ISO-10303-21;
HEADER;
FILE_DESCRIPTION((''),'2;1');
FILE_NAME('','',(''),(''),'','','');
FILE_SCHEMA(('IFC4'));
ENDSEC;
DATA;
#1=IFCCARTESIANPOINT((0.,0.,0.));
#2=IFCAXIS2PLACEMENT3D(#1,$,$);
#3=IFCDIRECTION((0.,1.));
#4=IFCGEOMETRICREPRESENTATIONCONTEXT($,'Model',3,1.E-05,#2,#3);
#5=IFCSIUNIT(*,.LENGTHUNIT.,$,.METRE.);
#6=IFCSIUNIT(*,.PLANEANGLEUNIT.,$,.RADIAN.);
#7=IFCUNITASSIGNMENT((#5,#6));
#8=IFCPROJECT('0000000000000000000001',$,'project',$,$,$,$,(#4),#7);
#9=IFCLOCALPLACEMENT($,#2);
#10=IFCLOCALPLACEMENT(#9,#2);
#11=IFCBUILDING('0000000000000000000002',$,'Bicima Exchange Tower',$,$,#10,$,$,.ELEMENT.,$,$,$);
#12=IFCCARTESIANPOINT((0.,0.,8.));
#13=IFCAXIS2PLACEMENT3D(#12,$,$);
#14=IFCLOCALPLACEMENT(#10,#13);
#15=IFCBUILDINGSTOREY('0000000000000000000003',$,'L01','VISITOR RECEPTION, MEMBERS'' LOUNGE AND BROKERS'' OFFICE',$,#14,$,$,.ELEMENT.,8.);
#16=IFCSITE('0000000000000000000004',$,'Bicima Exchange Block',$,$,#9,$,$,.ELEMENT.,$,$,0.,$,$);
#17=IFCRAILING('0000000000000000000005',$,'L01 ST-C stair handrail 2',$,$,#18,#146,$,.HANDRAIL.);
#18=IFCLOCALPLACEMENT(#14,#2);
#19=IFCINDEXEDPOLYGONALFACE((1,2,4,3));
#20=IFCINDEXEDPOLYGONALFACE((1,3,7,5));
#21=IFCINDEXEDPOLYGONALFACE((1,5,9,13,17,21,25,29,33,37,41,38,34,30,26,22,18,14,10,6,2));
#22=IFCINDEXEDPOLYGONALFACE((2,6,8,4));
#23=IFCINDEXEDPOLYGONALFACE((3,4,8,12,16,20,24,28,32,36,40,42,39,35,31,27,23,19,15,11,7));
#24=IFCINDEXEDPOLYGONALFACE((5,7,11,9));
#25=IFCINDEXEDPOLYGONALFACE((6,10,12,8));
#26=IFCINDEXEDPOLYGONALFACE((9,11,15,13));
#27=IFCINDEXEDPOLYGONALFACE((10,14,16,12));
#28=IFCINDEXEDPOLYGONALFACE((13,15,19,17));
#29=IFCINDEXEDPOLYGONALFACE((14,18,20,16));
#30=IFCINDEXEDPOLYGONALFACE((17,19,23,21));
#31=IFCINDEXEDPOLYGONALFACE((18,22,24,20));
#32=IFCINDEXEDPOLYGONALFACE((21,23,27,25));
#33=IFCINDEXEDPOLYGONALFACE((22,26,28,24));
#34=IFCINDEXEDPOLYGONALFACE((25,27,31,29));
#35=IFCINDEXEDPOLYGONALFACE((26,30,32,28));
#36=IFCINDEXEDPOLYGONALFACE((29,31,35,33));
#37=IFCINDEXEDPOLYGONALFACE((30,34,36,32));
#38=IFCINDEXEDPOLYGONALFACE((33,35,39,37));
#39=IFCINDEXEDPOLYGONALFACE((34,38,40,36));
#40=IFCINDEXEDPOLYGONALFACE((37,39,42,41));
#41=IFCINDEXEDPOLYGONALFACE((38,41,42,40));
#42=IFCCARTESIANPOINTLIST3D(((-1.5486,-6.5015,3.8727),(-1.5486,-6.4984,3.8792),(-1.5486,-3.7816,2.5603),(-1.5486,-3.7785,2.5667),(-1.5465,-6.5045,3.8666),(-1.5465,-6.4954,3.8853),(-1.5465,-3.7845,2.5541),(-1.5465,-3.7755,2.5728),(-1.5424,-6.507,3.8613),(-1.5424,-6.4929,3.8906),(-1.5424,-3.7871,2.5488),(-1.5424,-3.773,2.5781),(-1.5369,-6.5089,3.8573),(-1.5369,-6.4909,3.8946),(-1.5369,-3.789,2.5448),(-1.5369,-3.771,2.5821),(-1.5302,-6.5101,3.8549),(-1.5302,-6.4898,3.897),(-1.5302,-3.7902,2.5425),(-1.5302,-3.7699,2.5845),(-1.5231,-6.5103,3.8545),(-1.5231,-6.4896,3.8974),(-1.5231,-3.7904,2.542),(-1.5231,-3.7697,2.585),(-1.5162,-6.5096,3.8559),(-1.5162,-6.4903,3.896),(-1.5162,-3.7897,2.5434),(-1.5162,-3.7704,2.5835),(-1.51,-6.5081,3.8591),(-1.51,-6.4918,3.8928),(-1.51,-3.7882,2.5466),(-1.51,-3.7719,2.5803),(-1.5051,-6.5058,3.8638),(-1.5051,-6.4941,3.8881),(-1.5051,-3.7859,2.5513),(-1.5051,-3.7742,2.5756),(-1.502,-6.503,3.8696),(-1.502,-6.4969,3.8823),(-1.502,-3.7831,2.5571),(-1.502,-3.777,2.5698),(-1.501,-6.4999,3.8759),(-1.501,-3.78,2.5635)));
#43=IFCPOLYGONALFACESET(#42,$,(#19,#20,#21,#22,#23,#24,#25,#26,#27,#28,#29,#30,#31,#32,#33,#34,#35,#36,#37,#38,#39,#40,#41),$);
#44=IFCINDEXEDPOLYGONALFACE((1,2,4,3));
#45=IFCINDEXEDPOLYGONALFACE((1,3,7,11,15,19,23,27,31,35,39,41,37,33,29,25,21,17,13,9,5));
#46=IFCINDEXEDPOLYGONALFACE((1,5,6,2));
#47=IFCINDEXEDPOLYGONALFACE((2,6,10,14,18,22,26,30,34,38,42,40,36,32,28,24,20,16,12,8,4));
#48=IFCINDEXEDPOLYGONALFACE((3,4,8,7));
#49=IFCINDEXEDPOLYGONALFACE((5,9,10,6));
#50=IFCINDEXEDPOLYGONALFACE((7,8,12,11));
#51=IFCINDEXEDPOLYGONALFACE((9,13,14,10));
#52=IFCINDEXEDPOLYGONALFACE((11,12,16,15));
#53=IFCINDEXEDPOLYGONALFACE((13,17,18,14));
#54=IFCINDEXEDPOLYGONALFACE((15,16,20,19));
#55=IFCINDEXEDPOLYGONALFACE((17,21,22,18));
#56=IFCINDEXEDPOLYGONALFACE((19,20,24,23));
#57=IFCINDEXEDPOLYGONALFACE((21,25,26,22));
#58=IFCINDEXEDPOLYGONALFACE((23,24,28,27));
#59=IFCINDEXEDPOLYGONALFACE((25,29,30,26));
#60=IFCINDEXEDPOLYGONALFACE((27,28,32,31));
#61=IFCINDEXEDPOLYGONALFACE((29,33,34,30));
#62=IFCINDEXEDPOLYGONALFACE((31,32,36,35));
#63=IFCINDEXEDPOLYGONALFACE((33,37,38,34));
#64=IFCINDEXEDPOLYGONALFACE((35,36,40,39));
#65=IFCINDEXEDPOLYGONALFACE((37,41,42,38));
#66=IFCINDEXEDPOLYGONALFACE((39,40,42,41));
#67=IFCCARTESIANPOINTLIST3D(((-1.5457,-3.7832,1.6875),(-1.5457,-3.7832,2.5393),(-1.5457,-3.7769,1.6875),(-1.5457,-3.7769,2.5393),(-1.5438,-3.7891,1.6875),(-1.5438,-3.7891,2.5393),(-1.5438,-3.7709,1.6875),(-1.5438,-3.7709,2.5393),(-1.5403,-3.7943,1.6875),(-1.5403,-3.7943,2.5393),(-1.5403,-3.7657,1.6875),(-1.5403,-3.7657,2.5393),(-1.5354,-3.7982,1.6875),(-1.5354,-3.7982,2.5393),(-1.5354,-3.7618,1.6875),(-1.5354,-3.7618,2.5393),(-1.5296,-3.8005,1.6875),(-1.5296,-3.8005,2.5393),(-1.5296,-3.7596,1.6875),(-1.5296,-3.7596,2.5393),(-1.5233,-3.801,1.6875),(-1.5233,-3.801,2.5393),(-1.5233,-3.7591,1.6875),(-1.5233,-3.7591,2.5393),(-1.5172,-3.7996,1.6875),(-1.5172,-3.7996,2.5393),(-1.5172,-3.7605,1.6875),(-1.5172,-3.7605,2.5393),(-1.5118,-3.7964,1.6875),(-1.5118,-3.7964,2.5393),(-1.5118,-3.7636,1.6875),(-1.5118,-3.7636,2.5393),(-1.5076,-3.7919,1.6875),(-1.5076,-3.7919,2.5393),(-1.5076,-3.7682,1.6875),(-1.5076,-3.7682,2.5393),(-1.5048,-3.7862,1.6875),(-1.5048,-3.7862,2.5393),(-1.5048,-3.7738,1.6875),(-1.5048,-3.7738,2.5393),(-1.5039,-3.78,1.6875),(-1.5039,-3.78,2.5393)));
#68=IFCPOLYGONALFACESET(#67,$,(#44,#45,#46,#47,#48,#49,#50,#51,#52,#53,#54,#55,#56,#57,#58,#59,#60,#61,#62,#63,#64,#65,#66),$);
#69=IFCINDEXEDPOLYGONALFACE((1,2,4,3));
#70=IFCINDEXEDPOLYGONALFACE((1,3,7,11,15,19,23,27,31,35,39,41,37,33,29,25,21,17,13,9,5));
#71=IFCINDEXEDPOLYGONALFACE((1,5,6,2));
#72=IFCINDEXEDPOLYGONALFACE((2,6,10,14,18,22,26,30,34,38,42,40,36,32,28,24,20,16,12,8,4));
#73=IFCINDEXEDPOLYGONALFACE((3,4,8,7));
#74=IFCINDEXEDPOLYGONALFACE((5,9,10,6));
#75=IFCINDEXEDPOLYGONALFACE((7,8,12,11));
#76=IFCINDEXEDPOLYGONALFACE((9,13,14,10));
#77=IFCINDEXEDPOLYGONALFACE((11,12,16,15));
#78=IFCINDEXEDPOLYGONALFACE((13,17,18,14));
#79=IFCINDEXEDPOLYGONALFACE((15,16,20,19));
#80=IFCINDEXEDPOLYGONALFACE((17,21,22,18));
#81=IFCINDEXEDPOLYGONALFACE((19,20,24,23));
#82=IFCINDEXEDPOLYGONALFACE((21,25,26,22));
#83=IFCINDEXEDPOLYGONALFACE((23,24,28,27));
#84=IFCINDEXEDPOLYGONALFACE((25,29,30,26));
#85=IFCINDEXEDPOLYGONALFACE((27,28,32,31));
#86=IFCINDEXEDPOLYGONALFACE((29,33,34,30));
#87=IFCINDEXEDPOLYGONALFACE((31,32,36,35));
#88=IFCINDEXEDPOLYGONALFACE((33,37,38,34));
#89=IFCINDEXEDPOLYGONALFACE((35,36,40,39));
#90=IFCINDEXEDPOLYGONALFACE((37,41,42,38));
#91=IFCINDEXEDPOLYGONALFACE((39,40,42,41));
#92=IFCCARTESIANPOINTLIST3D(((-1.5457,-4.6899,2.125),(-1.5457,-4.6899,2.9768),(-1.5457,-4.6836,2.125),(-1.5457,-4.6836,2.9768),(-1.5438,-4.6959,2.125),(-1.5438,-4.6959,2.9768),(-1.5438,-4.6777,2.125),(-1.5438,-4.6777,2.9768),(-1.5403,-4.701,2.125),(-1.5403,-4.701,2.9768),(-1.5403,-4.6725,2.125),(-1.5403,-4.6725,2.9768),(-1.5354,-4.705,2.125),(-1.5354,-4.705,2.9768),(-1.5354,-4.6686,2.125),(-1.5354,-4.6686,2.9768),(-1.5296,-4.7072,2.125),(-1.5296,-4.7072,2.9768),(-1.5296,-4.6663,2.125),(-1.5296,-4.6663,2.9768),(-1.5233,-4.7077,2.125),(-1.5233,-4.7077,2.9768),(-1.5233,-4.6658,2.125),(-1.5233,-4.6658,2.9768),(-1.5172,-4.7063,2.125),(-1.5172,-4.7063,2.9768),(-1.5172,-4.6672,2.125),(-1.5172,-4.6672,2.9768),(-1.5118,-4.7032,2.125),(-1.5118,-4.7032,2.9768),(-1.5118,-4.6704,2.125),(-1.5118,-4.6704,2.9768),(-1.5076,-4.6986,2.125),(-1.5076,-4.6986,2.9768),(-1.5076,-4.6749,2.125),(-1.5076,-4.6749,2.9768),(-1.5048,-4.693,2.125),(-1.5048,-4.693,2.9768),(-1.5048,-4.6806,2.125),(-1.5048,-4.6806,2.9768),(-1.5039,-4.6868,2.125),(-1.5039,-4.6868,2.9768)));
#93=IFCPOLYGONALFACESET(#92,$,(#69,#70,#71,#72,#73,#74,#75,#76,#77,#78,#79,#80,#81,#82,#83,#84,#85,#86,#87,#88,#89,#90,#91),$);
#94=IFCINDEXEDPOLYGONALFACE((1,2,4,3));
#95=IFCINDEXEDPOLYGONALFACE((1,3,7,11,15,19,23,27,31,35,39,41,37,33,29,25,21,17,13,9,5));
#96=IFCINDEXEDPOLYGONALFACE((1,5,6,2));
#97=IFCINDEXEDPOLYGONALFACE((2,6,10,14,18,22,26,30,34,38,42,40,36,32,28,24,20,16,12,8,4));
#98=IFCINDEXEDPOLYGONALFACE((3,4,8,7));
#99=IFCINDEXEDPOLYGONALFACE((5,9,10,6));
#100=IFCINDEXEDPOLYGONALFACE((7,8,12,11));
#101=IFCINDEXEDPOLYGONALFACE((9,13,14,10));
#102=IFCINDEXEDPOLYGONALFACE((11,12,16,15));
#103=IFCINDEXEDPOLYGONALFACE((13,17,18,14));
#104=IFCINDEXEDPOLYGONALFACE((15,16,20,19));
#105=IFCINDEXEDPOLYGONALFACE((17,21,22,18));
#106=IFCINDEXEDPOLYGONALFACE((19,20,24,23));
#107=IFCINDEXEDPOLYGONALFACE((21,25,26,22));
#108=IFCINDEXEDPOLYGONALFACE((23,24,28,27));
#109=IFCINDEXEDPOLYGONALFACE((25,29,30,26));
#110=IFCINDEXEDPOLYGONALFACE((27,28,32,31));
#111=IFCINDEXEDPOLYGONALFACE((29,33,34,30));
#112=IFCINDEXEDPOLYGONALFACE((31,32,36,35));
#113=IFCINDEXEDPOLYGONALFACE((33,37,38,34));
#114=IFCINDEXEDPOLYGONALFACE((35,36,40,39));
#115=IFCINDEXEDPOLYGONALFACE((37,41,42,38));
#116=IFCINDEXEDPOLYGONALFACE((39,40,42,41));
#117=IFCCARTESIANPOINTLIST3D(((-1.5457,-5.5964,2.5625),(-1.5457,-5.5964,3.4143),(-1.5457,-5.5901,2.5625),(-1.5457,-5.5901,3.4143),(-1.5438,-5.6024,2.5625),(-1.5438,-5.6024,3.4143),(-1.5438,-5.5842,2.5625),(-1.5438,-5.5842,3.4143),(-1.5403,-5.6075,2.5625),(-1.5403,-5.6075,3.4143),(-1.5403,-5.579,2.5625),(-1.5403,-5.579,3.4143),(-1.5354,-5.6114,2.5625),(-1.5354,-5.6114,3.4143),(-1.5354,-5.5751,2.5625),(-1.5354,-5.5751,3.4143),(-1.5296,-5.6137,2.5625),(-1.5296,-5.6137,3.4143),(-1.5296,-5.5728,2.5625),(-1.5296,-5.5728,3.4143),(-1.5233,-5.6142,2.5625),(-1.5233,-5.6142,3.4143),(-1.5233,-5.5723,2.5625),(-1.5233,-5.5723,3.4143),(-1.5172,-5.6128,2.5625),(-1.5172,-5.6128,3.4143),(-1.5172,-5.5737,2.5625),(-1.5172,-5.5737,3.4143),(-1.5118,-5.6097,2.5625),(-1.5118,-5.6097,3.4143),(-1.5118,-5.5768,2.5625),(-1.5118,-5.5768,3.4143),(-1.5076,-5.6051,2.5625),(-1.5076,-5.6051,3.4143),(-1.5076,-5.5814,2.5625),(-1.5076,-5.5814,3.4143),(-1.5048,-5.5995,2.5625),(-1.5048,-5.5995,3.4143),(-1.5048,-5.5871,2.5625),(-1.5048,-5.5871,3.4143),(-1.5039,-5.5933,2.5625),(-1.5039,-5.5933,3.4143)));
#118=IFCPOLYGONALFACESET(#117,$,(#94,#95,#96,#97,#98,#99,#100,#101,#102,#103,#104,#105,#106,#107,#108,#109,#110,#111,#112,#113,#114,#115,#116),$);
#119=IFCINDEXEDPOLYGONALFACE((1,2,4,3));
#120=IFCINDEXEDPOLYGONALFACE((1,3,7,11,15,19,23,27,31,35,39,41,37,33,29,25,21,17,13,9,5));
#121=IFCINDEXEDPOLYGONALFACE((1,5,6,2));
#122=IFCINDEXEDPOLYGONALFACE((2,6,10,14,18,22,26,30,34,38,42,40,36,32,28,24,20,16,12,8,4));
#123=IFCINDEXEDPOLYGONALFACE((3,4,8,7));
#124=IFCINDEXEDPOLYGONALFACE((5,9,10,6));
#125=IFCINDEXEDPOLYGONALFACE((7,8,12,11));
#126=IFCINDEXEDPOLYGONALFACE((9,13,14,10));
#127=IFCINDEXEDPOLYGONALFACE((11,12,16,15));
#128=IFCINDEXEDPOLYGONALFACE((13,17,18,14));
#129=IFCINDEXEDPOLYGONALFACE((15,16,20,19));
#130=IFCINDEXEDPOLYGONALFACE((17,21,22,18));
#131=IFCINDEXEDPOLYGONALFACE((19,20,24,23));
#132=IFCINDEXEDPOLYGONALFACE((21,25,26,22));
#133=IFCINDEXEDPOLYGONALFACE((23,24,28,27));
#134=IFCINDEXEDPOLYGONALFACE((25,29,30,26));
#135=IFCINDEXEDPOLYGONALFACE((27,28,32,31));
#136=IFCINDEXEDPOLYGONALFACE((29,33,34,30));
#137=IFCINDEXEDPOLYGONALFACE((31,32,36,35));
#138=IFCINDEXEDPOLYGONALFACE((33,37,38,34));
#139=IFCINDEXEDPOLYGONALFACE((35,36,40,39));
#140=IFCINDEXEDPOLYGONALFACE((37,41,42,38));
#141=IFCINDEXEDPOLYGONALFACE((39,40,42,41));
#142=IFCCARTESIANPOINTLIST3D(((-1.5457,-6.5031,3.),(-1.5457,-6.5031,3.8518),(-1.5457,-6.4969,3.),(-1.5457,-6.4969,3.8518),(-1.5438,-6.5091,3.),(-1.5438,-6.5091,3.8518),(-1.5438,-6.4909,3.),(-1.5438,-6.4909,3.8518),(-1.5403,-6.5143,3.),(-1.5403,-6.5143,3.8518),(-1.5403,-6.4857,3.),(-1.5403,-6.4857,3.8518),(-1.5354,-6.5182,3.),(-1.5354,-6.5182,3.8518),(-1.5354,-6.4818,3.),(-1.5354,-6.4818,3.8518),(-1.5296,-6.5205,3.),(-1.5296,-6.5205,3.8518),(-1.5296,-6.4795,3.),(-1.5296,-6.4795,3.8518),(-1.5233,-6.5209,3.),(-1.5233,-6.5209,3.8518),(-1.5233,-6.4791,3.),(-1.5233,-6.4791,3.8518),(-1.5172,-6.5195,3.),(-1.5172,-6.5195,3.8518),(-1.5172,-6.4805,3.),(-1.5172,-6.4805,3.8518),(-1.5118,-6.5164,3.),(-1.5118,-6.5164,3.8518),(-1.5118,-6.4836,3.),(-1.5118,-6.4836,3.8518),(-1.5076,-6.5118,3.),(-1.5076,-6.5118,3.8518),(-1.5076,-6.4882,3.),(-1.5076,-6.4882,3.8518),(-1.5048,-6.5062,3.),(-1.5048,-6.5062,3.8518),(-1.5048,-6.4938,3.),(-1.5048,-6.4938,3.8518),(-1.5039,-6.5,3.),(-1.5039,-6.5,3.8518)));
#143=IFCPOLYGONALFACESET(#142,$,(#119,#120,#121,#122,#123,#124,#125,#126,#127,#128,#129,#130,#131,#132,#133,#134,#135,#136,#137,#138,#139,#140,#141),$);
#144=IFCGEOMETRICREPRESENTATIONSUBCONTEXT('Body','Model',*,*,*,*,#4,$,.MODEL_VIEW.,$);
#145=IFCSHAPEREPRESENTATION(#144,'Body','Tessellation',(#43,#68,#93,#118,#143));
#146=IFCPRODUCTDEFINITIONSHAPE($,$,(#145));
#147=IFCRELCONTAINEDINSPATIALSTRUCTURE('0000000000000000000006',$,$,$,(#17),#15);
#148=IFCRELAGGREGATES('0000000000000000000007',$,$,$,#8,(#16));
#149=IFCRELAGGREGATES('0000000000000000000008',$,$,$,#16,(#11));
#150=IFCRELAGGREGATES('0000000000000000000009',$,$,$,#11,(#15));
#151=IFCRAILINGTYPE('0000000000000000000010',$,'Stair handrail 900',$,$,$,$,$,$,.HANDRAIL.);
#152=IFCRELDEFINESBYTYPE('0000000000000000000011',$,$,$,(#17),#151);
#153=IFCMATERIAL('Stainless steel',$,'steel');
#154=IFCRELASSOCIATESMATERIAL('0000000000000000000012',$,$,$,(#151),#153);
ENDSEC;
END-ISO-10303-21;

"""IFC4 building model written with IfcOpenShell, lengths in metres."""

from ifc_helpers import new_model, si_unit, direction, frame, origin, origin_2d, place, context, subcontext, project, spatial, circle, extrude, material, type_object, element, save


model = new_model("IFC4")

# Units and contexts
model_context = context("Model", 3, precision=1e-05, world=origin(), true_north=direction((0.0, 1.0)))
body_context = subcontext(model_context, "Body", "Model", "MODEL_VIEW")
ifc_project = project(units=[si_unit("LENGTHUNIT", "METRE"), si_unit("PLANEANGLEUNIT", "RADIAN")], contexts=[model_context])

# Site, building, storey
site_placement = place(None, origin())
site = spatial("IfcSite", under=ifc_project, at=site_placement, Name="Bicima Exchange Block", CompositionType="ELEMENT", RefElevation=0.0)
building_placement = place(site_placement, origin())
building = spatial("IfcBuilding", under=site, at=building_placement, Name="Bicima Exchange Tower", CompositionType="ELEMENT")
storey_placement = place(building_placement, frame((0.0, 0.0, 8.0)))
storey = spatial("IfcBuildingStorey", under=building, at=storey_placement, Name="L01", Description="VISITOR RECEPTION, MEMBERS' LOUNGE AND BROKERS' OFFICE", CompositionType="ELEMENT", Elevation=8.0)

# Shared definitions
ifc_material_1 = material(Name="Stainless steel", Category="steel")

# Railing
railing_type = type_object("IfcRailingType", Name="Stair handrail 900", PredefinedType="HANDRAIL", material=ifc_material_1)
for number, where, name in (
    (1, (-1.5249, -3.78, 1.6875), "L01 ST-C stair handrail 2"),
):
    element("IfcRailing", number, at=place(storey_placement, frame(where)), inside=storey, type_object=railing_type, Name=name, PredefinedType="HANDRAIL", context=body_context, shape_type="SweptSolid", body=[
        extrude(circle(Radius=0.0239, at=origin_2d()), frame((0.0, 0.0, 0.876), z_axis=(0.0, -0.900628, 0.434591), x_axis=(1.0, 0.0, 0.0)), (0.0, 0.0, 1.0), 3.02),
        extrude(circle(Radius=0.021, at=origin_2d()), origin(), (0.0, 0.0, 1.0), 0.8518),
        extrude(circle(Radius=0.021, at=origin_2d()), frame((0.0, -0.9067, 0.4375)), (0.0, 0.0, 1.0), 0.8518),
        extrude(circle(Radius=0.021, at=origin_2d()), frame((0.0, -1.8132, 0.875)), (0.0, 0.0, 1.0), 0.8518),
        extrude(circle(Radius=0.021, at=origin_2d()), frame((0.0, -2.72, 1.3125)), (0.0, 0.0, 1.0), 0.8518),
    ])

save(model, "model.ifc")
